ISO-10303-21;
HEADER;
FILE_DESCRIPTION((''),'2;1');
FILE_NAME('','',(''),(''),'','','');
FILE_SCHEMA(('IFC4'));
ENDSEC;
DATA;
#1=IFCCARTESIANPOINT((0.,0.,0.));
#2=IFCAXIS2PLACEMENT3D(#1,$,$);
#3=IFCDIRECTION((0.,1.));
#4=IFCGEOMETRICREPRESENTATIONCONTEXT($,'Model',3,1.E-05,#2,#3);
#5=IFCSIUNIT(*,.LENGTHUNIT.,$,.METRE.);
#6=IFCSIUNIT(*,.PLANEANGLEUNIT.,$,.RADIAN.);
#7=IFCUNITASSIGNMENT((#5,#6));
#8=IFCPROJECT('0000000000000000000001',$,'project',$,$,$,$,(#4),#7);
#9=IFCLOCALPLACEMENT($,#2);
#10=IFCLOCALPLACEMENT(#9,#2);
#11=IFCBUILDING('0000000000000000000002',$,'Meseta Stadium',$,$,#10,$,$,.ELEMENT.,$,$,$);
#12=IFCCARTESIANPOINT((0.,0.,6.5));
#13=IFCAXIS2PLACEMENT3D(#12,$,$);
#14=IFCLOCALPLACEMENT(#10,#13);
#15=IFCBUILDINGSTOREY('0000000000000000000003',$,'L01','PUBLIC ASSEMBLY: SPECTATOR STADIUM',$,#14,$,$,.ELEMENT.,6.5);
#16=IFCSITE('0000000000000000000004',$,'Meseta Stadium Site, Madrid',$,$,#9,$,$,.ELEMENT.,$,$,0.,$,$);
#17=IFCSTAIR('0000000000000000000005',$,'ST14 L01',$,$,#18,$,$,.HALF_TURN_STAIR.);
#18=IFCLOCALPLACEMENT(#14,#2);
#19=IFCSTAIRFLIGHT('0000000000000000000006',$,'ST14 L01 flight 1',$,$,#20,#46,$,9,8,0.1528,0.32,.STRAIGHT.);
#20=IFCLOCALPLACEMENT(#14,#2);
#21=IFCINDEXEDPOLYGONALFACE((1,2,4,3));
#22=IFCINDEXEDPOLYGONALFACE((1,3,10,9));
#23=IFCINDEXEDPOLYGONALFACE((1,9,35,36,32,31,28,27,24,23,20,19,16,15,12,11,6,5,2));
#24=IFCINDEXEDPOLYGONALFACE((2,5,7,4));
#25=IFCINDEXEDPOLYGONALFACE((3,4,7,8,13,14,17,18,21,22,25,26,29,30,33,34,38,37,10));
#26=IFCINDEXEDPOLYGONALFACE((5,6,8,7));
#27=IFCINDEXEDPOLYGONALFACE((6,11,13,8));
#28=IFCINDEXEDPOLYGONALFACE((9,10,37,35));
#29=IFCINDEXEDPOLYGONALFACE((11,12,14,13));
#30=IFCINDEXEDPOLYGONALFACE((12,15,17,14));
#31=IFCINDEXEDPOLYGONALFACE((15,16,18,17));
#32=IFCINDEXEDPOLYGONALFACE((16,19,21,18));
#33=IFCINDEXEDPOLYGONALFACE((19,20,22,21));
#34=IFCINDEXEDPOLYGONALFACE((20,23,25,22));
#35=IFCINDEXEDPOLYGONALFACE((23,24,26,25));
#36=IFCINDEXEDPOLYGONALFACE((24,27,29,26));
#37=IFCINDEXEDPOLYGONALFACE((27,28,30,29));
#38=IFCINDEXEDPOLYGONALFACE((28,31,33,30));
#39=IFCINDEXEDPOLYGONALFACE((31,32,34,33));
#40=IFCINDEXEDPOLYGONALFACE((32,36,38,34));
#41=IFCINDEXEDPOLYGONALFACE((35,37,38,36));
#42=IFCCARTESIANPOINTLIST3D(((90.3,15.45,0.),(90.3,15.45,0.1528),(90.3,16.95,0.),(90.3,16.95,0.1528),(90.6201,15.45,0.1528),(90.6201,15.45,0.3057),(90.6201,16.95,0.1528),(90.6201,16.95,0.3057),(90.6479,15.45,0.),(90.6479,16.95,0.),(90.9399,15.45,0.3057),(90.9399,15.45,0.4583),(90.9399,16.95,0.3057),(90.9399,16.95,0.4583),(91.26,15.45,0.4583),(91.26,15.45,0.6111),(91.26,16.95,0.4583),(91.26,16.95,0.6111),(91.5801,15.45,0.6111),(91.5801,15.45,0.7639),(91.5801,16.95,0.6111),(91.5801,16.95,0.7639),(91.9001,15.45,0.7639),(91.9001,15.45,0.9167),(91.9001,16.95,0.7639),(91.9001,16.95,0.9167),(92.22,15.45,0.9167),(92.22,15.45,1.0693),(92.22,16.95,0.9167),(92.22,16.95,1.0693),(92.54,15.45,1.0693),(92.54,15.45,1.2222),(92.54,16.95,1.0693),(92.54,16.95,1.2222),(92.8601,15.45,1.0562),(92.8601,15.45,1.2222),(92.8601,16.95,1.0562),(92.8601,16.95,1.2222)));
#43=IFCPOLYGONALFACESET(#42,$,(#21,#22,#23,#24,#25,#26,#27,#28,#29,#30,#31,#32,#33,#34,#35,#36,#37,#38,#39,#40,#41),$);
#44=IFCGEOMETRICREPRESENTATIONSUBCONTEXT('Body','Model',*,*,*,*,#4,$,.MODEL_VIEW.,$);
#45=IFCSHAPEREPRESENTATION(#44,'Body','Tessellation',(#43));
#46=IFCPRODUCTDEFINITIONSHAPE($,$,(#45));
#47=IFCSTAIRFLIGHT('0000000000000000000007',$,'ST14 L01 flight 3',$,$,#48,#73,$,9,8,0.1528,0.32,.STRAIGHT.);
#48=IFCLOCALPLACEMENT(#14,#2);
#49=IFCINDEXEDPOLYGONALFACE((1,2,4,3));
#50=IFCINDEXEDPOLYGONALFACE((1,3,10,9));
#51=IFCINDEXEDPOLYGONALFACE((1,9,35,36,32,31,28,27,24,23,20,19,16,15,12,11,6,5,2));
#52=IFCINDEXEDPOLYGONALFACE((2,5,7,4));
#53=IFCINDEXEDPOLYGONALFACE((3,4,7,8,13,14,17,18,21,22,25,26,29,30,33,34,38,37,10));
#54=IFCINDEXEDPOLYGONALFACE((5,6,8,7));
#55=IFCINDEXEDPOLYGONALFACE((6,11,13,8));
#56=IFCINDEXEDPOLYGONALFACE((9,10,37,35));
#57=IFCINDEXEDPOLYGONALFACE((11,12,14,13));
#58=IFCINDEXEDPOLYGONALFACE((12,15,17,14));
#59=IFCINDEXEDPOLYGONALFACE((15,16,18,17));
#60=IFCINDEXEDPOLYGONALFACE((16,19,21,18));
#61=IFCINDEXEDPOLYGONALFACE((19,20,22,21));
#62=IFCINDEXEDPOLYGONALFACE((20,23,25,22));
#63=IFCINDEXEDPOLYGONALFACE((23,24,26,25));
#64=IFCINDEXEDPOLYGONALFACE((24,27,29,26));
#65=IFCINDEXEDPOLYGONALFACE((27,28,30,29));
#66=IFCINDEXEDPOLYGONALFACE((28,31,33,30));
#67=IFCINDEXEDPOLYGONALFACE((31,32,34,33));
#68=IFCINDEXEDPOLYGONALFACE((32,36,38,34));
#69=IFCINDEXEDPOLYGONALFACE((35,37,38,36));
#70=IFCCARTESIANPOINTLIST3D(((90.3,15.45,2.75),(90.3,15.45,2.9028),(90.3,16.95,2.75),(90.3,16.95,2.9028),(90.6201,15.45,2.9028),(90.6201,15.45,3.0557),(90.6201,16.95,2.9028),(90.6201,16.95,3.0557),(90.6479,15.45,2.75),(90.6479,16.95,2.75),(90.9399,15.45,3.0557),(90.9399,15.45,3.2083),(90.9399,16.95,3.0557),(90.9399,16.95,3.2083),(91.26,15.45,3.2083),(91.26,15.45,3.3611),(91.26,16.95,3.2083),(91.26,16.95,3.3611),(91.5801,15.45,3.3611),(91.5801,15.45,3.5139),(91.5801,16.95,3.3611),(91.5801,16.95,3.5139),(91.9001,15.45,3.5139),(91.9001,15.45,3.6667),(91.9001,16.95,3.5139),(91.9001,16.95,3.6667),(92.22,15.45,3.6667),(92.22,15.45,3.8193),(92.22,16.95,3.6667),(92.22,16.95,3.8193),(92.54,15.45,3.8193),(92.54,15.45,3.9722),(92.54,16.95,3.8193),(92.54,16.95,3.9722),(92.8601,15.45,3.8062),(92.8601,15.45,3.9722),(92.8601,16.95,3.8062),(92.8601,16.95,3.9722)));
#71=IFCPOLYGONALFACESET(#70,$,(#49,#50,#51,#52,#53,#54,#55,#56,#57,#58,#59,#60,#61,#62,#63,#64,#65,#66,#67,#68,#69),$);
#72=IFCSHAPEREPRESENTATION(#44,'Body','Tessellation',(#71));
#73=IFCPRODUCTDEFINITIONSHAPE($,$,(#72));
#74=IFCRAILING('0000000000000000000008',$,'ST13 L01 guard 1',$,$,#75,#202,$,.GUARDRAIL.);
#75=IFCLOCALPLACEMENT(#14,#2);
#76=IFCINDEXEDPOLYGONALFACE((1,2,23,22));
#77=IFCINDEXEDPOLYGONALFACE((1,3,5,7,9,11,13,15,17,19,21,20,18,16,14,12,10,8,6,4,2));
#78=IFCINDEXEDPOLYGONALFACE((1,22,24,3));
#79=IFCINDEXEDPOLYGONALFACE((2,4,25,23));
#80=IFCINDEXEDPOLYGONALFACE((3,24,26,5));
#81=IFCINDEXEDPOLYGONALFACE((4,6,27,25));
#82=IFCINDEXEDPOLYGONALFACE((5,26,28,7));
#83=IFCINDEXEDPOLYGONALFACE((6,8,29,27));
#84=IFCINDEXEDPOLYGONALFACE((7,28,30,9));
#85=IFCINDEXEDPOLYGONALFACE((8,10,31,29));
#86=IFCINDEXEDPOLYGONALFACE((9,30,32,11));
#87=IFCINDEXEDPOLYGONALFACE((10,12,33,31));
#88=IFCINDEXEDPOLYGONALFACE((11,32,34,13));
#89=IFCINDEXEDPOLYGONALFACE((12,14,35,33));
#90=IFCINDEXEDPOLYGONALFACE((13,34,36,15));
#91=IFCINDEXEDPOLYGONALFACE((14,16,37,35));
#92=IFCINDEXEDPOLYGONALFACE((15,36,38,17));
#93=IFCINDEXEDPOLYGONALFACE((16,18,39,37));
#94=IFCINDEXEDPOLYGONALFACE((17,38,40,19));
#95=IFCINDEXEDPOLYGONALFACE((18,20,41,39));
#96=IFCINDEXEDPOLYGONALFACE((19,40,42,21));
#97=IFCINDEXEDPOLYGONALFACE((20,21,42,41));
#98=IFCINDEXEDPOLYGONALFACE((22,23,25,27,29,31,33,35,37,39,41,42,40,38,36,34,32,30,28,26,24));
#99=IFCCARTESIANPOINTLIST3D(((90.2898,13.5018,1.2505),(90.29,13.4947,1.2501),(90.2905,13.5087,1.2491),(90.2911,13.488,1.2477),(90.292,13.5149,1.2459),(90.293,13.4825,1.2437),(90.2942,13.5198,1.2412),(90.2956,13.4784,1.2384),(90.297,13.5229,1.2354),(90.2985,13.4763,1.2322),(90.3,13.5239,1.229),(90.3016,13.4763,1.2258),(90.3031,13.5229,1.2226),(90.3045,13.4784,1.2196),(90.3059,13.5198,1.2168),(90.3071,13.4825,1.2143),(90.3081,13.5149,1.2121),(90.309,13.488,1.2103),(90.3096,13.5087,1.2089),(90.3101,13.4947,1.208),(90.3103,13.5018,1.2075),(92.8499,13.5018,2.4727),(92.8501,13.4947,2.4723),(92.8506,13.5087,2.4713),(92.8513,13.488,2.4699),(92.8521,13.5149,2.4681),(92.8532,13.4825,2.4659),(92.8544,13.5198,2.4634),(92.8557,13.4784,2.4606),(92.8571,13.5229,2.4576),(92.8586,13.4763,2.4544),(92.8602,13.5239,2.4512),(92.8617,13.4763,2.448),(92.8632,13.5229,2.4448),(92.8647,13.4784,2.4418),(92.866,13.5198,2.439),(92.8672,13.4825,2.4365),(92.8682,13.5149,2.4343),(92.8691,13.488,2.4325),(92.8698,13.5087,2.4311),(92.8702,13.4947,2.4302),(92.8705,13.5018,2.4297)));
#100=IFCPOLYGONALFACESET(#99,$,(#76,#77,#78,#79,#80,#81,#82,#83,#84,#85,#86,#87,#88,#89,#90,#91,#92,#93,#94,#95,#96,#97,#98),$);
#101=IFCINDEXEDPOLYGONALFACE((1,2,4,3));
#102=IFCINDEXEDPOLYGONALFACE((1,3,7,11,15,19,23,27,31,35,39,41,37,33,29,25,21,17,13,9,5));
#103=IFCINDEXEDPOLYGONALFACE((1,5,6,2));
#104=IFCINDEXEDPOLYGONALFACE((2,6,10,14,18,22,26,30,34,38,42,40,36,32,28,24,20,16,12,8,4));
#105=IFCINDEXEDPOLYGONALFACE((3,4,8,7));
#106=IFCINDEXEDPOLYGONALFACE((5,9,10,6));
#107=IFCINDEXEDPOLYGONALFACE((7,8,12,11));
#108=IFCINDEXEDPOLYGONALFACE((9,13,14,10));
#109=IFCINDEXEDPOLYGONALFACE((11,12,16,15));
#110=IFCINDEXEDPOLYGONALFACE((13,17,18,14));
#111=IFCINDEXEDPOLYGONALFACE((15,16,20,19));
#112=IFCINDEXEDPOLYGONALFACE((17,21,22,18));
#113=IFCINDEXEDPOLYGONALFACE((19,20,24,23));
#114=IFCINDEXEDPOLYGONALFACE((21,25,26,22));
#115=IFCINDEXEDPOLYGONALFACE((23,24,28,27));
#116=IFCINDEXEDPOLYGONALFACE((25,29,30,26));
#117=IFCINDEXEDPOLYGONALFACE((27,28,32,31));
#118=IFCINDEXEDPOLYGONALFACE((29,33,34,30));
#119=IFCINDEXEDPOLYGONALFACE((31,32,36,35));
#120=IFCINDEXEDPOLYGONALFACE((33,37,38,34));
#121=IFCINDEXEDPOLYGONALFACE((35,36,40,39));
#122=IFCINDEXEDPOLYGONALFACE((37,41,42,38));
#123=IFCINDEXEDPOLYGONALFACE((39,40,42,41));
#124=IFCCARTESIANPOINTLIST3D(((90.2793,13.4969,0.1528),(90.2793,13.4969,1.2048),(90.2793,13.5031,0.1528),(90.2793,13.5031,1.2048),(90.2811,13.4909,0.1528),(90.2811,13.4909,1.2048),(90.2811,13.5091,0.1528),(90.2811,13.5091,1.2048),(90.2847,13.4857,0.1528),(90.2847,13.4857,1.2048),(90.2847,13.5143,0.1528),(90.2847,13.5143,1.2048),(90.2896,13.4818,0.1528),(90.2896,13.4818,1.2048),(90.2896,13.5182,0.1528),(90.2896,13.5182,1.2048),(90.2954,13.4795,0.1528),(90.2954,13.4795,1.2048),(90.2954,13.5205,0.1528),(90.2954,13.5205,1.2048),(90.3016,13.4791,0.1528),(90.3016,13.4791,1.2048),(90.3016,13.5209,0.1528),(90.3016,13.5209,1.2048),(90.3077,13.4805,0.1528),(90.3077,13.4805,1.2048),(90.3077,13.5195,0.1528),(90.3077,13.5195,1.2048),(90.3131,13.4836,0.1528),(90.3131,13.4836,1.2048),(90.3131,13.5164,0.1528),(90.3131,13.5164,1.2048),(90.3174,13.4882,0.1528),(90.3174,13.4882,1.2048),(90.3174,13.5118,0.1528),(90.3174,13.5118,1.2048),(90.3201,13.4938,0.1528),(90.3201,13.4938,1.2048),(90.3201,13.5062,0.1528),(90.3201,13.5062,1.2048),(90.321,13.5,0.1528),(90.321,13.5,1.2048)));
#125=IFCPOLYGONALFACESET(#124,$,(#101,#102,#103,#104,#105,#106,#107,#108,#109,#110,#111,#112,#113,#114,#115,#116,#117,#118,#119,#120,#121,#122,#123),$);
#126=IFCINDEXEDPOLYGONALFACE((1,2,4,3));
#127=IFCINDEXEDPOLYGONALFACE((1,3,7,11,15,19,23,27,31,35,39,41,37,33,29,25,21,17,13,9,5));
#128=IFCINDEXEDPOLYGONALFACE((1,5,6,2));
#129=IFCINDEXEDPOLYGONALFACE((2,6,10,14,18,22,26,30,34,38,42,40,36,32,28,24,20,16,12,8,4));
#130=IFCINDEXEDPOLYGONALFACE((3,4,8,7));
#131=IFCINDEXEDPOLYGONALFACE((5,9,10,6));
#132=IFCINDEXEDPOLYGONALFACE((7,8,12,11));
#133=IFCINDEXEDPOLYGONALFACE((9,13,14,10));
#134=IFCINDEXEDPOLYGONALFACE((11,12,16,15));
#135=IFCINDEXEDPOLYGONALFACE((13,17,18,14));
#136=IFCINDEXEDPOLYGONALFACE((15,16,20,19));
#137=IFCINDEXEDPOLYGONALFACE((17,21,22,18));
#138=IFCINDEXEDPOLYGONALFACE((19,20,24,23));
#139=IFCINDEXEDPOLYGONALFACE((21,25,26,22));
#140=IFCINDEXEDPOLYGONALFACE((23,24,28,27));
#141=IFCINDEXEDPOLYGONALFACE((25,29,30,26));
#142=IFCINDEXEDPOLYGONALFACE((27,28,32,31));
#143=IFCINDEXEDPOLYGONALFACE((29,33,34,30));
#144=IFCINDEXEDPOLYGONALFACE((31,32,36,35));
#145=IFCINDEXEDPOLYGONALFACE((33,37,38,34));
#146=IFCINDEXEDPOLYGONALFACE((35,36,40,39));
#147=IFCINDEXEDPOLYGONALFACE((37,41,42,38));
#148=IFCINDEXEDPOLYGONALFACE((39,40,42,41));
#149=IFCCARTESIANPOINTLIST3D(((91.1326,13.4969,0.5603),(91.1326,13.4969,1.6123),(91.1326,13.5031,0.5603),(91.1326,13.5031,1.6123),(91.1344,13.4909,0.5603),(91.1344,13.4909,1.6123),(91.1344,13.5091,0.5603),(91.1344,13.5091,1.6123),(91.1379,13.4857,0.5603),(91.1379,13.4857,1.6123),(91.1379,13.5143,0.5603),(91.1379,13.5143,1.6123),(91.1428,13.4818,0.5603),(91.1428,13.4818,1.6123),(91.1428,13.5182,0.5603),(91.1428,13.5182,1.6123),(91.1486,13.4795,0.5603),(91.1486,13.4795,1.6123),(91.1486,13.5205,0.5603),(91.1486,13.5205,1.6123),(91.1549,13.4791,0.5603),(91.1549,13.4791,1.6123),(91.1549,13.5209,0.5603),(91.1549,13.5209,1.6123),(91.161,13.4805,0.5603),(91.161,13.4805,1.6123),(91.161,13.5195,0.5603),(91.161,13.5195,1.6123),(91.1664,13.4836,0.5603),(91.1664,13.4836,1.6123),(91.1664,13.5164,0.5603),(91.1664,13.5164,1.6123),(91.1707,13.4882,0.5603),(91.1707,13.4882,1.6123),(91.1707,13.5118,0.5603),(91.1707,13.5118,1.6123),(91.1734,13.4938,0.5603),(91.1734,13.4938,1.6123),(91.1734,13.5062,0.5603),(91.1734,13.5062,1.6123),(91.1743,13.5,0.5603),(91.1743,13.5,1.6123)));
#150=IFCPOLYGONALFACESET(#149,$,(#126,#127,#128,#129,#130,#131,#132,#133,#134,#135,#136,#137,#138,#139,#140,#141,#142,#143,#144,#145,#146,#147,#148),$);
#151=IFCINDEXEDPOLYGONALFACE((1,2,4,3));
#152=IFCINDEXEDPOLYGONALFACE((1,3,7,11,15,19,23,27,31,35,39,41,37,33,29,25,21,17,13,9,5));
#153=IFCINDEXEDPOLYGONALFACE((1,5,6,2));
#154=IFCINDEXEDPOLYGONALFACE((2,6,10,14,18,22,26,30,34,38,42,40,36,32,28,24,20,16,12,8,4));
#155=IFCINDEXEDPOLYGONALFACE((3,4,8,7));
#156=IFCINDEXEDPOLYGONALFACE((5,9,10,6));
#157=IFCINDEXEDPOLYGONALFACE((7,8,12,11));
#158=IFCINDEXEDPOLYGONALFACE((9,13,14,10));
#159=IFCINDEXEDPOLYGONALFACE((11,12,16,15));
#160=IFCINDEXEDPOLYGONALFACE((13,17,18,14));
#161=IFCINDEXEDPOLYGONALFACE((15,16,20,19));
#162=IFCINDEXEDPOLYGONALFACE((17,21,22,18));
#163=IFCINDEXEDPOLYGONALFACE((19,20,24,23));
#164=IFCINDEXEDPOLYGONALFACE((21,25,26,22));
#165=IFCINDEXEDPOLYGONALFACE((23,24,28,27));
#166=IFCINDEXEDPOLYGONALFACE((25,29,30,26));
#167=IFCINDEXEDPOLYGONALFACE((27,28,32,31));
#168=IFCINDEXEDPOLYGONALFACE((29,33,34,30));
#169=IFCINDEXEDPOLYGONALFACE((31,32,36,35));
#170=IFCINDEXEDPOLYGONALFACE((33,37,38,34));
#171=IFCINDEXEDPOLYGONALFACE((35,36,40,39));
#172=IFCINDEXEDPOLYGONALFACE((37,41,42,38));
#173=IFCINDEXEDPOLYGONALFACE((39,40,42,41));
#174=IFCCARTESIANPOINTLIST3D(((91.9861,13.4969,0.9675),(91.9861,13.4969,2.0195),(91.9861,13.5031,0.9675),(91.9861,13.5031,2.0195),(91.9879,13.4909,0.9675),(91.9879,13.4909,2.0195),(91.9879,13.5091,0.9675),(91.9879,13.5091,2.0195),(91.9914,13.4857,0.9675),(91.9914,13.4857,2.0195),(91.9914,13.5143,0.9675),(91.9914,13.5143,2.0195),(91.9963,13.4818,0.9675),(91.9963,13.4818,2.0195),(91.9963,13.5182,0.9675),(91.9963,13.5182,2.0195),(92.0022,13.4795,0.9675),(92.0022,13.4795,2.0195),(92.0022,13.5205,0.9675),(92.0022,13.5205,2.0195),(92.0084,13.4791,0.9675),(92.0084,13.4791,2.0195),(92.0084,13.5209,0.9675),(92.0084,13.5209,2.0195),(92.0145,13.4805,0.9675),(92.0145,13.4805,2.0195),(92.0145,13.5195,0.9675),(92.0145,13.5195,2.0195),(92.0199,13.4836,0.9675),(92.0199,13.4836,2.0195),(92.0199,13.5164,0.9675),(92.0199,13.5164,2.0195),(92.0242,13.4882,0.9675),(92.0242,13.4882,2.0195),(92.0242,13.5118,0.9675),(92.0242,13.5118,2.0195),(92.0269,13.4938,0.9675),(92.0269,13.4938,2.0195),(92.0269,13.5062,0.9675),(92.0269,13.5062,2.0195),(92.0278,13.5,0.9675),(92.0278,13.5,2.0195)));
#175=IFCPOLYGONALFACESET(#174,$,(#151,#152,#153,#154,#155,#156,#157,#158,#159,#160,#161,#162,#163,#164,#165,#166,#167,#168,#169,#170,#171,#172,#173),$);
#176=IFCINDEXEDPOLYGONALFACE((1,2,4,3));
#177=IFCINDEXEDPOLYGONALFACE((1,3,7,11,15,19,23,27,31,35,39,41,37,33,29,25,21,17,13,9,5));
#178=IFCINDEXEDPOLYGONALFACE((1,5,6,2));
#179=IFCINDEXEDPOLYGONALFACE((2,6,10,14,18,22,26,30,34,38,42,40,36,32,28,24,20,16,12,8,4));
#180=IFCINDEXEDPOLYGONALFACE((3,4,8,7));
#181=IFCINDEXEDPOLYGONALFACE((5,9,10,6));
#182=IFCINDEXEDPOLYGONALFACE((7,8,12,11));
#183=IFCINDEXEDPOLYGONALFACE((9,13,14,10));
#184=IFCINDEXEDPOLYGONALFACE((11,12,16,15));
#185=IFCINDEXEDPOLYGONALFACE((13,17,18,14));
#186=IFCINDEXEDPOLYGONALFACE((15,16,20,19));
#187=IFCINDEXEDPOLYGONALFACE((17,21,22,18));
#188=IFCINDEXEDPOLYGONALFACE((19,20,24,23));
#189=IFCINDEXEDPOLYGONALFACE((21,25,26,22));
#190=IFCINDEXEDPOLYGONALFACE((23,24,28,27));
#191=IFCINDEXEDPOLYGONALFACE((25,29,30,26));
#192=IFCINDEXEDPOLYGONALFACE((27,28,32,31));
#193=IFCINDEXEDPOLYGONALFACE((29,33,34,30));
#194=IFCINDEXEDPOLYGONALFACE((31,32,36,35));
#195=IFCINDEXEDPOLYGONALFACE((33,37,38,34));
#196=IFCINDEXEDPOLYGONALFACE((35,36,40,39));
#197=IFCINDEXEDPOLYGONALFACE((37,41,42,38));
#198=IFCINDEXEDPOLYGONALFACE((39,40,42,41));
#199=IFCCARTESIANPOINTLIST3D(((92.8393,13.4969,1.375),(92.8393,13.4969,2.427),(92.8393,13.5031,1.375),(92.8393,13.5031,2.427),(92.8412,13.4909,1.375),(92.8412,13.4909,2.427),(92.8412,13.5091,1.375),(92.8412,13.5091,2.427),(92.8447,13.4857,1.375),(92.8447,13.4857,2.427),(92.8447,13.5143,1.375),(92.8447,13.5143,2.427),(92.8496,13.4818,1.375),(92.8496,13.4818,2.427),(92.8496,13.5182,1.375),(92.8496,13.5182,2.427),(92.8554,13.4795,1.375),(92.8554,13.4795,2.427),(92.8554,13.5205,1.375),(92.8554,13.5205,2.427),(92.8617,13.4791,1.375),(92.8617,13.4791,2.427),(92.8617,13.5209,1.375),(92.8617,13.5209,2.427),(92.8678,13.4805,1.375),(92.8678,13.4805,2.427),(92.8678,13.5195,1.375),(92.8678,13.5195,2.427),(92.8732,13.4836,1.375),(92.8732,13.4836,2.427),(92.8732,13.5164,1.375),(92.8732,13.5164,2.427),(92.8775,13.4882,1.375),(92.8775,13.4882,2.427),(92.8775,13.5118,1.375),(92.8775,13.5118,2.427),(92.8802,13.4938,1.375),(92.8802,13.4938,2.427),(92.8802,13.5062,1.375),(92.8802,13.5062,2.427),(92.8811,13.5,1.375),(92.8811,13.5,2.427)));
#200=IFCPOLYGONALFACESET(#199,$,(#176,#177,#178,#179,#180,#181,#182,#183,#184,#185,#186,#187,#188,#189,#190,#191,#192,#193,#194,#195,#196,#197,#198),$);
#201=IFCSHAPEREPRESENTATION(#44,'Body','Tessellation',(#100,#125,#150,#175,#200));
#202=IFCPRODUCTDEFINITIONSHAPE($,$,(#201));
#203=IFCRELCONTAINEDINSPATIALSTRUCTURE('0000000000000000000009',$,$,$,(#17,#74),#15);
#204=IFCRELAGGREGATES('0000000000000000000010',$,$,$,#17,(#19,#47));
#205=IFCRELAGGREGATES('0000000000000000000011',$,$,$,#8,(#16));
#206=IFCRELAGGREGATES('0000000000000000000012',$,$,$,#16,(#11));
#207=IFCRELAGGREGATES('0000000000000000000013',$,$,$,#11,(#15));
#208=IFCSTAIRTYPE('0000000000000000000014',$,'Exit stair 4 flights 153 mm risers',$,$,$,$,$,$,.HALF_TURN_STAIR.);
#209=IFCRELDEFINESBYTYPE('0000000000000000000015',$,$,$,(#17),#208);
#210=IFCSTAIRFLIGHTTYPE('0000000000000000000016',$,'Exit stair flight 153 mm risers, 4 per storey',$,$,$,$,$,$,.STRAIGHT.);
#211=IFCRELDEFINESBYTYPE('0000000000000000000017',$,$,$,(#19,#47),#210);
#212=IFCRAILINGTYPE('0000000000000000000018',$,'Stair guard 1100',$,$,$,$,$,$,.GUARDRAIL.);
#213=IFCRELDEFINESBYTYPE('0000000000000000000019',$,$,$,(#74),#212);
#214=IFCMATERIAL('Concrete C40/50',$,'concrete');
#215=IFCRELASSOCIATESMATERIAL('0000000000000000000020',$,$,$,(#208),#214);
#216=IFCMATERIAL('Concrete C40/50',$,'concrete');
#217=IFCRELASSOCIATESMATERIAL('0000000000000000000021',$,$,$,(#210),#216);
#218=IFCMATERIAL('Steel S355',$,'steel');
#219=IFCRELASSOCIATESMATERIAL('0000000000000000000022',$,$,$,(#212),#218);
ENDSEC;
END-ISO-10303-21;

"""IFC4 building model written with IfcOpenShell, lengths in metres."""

from ifc_helpers import new_model, si_unit, direction, frame, origin, origin_2d, place, context, subcontext, project, spatial, polyline, circle, outline, extrude, material, type_object, element, aggregate, save


model = new_model("IFC4")

# Units and contexts
model_context = context("Model", 3, precision=1e-05, world=origin(), true_north=direction((0.0, 1.0)))
body_context = subcontext(model_context, "Body", "Model", "MODEL_VIEW")
ifc_project = project(units=[si_unit("LENGTHUNIT", "METRE"), si_unit("PLANEANGLEUNIT", "RADIAN")], contexts=[model_context])

# Site, building, storey
site_placement = place(None, origin())
site = spatial("IfcSite", under=ifc_project, at=site_placement, Name="Meseta Stadium Site, Madrid", CompositionType="ELEMENT", RefElevation=0.0)
building_placement = place(site_placement, origin())
building = spatial("IfcBuilding", under=site, at=building_placement, Name="Meseta Stadium", CompositionType="ELEMENT")
storey_placement = place(building_placement, frame((0.0, 0.0, 6.5)))
storey = spatial("IfcBuildingStorey", under=building, at=storey_placement, Name="L01", Description="PUBLIC ASSEMBLY: SPECTATOR STADIUM", CompositionType="ELEMENT", Elevation=6.5)

# Stair, stair flights
ifc_material_1 = material(Name="Concrete C40/50", Category="concrete")
stair_type = type_object("IfcStairType", Name="Exit stair 4 flights 153 mm risers", PredefinedType="HALF_TURN_STAIR", material=ifc_material_1)
ifc_material_2 = material(Name="Concrete C40/50", Category="concrete")
stair_flight_type = type_object("IfcStairFlightType", Name="Exit stair flight 153 mm risers, 4 per storey", PredefinedType="STRAIGHT", material=ifc_material_2)
stair_1_placement = place(storey_placement, origin())
stair_1 = element("IfcStair", 1, at=stair_1_placement, inside=storey, type_object=stair_type, Name="ST14 L01", PredefinedType="HALF_TURN_STAIR")
stair_flight_1_placement = place(storey_placement, frame((90.3, 16.2, 0.0), z_axis=(0.0, 0.0, 1.0), x_axis=(1.0, 0.0, 0.0)))
stair_flight_1 = element("IfcStairFlight", 2, at=stair_flight_1_placement, type_object=stair_flight_type, Name="ST14 L01 flight 1", NumberOfRisers=9, NumberOfTreads=8, PredefinedType="STRAIGHT", RiserHeight=0.1528, TreadLength=0.32, context=body_context, shape_type="SweptSolid", body=[
    extrude(outline(polyline([(0.0, 0.0), (0.0, 0.1528), (0.3201, 0.1528), (0.3201, 0.3057), (0.6399, 0.3057), (0.6399, 0.4583), (0.96, 0.4583), (0.96, 0.6111), (1.28, 0.6111), (1.28, 0.7639), (1.6001, 0.7639), (1.6001, 0.9167), (1.9199, 0.9167), (1.9199, 1.0693), (2.24, 1.0693), (2.24, 1.2222), (2.5601, 1.2222), (2.5601, 1.0562), (0.3479, 0.0), (0.0, 0.0)])), frame((0.0, 0.75, 0.0), z_axis=(0.0, -1.0, 0.0), x_axis=(1.0, 0.0, 0.0)), (0.0, 0.0, 1.0), 1.5),
])
stair_flight_2_placement = place(storey_placement, frame((90.3, 16.2, 2.75), z_axis=(0.0, 0.0, 1.0), x_axis=(1.0, 0.0, 0.0)))
stair_flight_2 = element("IfcStairFlight", 3, at=stair_flight_2_placement, type_object=stair_flight_type, Name="ST14 L01 flight 3", NumberOfRisers=9, NumberOfTreads=8, PredefinedType="STRAIGHT", RiserHeight=0.1528, TreadLength=0.32, context=body_context, shape_type="SweptSolid", body=[
    extrude(outline(polyline([(0.0, 0.0), (0.0, 0.1528), (0.3201, 0.1528), (0.3201, 0.3057), (0.6399, 0.3057), (0.6399, 0.4583), (0.96, 0.4583), (0.96, 0.6111), (1.28, 0.6111), (1.28, 0.7639), (1.6001, 0.7639), (1.6001, 0.9167), (1.9199, 0.9167), (1.9199, 1.0693), (2.24, 1.0693), (2.24, 1.2222), (2.5601, 1.2222), (2.5601, 1.0562), (0.3479, 0.0), (0.0, 0.0)])), frame((0.0, 0.75, 0.0), z_axis=(0.0, -1.0, 0.0), x_axis=(1.0, 0.0, 0.0)), (0.0, 0.0, 1.0), 1.5),
])
aggregate(stair_1, [stair_flight_1, stair_flight_2])

# Railing
ifc_material_3 = material(Name="Steel S355", Category="steel")
railing_type_1 = type_object("IfcRailingType", Name="Stair guard 1100", PredefinedType="GUARDRAIL", material=ifc_material_3)
railing_1_placement = place(storey_placement, frame((90.3, 13.5, 0.1528)))
element("IfcRailing", 4, at=railing_1_placement, inside=storey, type_object=railing_type_1, Name="ST13 L01 guard 1", PredefinedType="GUARDRAIL", context=body_context, shape_type="SweptSolid", body=[
    extrude(circle(Radius=0.0239, at=origin_2d()), frame((0.0, 0.0, 1.0762), z_axis=(0.902437, 0.0, 0.430822), x_axis=(0.0, 1.0, 0.0)), (0.0, 0.0, 1.0), 2.8369),
    extrude(circle(Radius=0.021, at=origin_2d()), origin(), (0.0, 0.0, 1.0), 1.052),
    extrude(circle(Radius=0.021, at=origin_2d()), frame((0.8533, 0.0, 0.4075)), (0.0, 0.0, 1.0), 1.052),
    extrude(circle(Radius=0.021, at=origin_2d()), frame((1.7068, 0.0, 0.8147)), (0.0, 0.0, 1.0), 1.052),
    extrude(circle(Radius=0.021, at=origin_2d()), frame((2.5601, 0.0, 1.2222)), (0.0, 0.0, 1.0), 1.052),
])

save(model, "model.ifc")
